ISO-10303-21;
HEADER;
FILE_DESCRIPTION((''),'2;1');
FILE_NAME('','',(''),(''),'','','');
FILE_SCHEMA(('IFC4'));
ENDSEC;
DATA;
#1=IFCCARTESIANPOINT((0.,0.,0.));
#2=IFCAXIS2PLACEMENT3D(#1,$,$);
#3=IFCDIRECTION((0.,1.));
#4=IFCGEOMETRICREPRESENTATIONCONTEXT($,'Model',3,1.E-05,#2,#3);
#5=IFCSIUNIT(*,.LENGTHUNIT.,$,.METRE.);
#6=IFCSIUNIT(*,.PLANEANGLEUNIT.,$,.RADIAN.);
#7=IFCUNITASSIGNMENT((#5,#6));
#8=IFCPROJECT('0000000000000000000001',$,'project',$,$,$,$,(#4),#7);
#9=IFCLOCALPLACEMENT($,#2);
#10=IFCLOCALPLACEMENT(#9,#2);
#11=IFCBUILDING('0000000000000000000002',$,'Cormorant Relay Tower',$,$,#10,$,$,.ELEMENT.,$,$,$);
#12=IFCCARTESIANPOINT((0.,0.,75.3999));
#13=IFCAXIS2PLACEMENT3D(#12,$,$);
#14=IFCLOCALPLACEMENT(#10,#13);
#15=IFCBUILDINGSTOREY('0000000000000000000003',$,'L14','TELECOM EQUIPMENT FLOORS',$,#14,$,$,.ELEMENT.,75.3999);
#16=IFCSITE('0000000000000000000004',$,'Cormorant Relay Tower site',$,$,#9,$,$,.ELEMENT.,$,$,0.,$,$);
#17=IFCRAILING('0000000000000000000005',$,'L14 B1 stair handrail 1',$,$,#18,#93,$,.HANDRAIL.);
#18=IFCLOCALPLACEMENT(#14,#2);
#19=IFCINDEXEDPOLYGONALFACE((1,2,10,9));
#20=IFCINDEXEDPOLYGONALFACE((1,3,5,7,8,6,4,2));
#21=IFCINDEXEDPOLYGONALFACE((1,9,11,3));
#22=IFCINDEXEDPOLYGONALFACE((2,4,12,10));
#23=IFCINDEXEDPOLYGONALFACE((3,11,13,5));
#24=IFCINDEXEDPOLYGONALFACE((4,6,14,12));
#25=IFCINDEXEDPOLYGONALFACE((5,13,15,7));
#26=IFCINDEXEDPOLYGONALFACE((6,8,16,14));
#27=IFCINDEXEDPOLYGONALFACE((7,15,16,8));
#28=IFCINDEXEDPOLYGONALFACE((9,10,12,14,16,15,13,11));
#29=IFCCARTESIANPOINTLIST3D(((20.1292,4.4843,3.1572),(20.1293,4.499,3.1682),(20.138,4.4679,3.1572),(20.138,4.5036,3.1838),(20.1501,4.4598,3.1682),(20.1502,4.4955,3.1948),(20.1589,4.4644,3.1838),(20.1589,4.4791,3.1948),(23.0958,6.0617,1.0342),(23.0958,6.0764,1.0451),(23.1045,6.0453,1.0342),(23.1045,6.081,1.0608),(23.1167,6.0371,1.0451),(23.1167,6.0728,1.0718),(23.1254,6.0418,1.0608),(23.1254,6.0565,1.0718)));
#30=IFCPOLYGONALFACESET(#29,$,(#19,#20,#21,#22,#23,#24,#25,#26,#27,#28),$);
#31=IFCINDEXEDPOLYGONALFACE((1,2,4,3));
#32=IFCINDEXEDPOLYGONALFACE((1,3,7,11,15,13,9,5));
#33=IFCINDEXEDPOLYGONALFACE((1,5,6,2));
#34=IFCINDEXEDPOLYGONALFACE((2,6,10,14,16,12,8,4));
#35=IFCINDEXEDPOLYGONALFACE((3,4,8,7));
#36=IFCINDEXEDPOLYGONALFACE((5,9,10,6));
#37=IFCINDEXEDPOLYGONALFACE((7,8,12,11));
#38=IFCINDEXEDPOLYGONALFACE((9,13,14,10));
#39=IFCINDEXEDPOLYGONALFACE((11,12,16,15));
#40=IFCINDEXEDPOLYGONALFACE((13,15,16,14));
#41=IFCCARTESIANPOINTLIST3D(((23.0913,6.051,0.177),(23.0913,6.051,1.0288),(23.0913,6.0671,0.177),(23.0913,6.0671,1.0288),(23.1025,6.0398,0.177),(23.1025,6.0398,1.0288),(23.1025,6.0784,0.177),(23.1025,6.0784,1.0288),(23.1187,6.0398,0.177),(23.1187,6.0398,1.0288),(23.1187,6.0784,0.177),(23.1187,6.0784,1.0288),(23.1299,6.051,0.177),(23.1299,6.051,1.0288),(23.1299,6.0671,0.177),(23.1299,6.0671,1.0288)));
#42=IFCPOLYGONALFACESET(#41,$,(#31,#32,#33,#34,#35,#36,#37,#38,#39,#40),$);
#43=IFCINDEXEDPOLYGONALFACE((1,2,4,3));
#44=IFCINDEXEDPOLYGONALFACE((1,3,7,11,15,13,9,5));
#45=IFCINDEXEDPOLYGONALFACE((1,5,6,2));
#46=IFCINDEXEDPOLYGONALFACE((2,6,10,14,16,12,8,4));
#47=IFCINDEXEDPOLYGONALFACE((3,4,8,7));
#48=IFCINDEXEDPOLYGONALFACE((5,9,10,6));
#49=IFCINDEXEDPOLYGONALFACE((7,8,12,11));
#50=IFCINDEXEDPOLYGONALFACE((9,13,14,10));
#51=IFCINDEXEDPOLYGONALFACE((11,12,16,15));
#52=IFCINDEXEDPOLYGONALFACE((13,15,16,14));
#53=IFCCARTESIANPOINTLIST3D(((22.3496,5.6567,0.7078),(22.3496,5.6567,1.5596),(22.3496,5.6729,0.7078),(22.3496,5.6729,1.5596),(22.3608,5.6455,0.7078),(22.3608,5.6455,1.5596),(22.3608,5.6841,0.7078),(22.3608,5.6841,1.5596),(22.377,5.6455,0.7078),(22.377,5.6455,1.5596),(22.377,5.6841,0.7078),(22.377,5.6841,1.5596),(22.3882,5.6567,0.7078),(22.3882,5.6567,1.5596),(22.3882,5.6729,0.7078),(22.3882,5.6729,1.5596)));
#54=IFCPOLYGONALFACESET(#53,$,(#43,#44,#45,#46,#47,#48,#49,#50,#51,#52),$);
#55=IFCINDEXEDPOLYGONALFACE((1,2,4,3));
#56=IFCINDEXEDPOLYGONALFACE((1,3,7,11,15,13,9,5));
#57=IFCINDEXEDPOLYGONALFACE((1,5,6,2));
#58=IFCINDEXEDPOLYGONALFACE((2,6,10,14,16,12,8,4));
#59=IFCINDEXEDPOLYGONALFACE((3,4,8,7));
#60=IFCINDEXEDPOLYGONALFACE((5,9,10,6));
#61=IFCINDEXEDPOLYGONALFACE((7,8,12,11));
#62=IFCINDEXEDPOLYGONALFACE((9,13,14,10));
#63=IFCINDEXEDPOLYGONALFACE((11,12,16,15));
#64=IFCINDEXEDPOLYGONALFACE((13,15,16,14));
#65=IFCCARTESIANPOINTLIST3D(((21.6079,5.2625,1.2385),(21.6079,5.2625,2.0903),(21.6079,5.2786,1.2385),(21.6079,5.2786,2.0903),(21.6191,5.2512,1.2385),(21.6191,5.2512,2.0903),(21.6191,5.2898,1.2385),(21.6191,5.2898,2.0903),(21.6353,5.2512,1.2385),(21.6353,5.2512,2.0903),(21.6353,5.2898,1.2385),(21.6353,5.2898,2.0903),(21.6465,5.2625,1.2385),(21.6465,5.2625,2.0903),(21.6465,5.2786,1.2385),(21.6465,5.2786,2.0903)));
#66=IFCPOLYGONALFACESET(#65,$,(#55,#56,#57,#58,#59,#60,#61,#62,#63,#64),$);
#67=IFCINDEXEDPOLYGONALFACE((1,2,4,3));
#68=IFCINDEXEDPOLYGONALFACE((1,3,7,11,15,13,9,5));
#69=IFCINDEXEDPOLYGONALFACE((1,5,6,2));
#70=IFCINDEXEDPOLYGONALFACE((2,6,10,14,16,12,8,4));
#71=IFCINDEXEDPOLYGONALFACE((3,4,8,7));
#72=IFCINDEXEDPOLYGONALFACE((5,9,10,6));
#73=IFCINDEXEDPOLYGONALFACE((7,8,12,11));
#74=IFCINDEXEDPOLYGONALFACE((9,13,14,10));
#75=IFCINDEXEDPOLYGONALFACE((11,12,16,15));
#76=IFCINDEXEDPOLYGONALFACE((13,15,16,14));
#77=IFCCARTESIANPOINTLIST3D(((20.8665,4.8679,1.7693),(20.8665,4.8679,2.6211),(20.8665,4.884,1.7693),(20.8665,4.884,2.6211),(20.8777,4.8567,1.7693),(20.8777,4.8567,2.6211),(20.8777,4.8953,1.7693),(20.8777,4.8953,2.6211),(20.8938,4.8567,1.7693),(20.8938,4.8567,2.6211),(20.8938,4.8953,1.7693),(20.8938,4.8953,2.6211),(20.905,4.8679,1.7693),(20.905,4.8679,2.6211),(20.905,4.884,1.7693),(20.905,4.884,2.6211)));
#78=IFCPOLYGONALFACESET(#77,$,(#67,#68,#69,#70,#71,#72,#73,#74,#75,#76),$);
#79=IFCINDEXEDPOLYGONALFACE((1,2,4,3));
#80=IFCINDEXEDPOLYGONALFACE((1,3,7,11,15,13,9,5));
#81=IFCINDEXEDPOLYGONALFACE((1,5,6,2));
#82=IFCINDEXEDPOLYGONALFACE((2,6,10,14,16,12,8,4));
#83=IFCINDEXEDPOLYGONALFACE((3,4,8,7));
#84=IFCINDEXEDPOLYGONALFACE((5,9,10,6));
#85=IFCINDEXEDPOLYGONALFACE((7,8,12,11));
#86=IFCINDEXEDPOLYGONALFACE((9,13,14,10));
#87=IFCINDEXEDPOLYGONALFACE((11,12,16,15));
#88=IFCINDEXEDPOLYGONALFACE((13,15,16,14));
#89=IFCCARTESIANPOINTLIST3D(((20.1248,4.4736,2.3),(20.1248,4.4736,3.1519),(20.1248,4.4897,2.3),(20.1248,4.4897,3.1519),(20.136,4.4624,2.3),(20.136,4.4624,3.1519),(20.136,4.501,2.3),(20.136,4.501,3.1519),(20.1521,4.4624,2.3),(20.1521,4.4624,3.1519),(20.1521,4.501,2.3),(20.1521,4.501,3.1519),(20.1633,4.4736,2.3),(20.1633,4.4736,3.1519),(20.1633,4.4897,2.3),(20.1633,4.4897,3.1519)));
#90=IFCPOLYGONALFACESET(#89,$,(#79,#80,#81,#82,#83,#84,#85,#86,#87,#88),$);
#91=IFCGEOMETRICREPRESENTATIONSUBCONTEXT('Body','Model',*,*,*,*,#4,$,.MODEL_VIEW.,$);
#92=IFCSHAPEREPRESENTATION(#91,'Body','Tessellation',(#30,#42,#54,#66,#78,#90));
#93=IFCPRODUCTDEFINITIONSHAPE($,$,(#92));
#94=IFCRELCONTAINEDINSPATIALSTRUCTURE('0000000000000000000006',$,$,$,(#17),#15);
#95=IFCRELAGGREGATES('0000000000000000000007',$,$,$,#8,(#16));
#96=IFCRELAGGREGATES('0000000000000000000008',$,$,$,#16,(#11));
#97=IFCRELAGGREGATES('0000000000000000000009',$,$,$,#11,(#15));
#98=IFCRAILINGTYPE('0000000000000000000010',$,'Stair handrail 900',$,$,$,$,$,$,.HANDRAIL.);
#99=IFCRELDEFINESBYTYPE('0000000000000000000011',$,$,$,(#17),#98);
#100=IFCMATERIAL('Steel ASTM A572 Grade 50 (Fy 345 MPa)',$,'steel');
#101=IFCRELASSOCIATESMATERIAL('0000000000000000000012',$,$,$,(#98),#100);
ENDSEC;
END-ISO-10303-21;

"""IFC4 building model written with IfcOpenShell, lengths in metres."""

from ifc_helpers import new_model, si_unit, direction, frame, origin, place, context, subcontext, project, spatial, polyline, outline, extrude, material, type_object, element, save


model = new_model("IFC4")

# Units and contexts
model_context = context("Model", 3, precision=1e-05, world=origin(), true_north=direction((0.0, 1.0)))
body_context = subcontext(model_context, "Body", "Model", "MODEL_VIEW")
ifc_project = project(units=[si_unit("LENGTHUNIT", "METRE"), si_unit("PLANEANGLEUNIT", "RADIAN")], contexts=[model_context])

# Site, building, storey
site_placement = place(None, origin())
site = spatial("IfcSite", under=ifc_project, at=site_placement, Name="Cormorant Relay Tower site", CompositionType="ELEMENT", RefElevation=0.0)
building_placement = place(site_placement, origin())
building = spatial("IfcBuilding", under=site, at=building_placement, Name="Cormorant Relay Tower", CompositionType="ELEMENT")
storey_placement = place(building_placement, frame((0.0, 0.0, 75.3999)))
storey = spatial("IfcBuildingStorey", under=building, at=storey_placement, Name="L14", Description="TELECOM EQUIPMENT FLOORS", CompositionType="ELEMENT", Elevation=75.3999)

# Railing
ifc_material_1 = material(Name="Steel ASTM A572 Grade 50 (Fy 345 MPa)", Category="steel")
railing_type_1 = type_object("IfcRailingType", Name="Stair handrail 900", PredefinedType="HANDRAIL", material=ifc_material_1)
railing_1_placement = place(storey_placement, frame((23.1106, 6.0591, 0.177)))
element("IfcRailing", 1, at=railing_1_placement, inside=storey, type_object=railing_type_1, Name="L14 B1 stair handrail 1", PredefinedType="HANDRAIL", context=body_context, shape_type="SweptSolid", body=[
    extrude(outline(polyline([(0.0222, 0.0093), (0.0093, 0.0222), (-0.0093, 0.0222), (-0.0222, 0.0093), (-0.0222, -0.0093), (-0.0093, -0.0222), (0.0093, -0.0222), (0.0222, -0.0093), (0.0222, 0.0093)])), frame((0.0, 0.0, 0.876), z_axis=(-0.746413, -0.396887, 0.534179), x_axis=(0.469483, -0.882942, 0.0)), (0.0, 0.0, 1.0), 3.9744),
    extrude(outline(polyline([(0.0193, 0.0081), (0.0081, 0.0193), (-0.0081, 0.0193), (-0.0193, 0.0081), (-0.0193, -0.0081), (-0.0081, -0.0193), (0.0081, -0.0193), (0.0193, -0.0081), (0.0193, 0.0081)])), origin(), (0.0, 0.0, 1.0), 0.8518),
    extrude(outline(polyline([(0.0193, 0.0081), (0.0081, 0.0193), (-0.0081, 0.0193), (-0.0193, 0.0081), (-0.0193, -0.0081), (-0.0081, -0.0193), (0.0081, -0.0193), (0.0193, -0.0081), (0.0193, 0.0081)])), frame((-0.7417, -0.3943, 0.5308)), (0.0, 0.0, 1.0), 0.8518),
    extrude(outline(polyline([(0.0193, 0.0081), (0.0081, 0.0193), (-0.0081, 0.0193), (-0.0193, 0.0081), (-0.0193, -0.0081), (-0.0081, -0.0193), (0.0081, -0.0193), (0.0193, -0.0081), (0.0193, 0.0081)])), frame((-1.4834, -0.7886, 1.0615)), (0.0, 0.0, 1.0), 0.8518),
    extrude(outline(polyline([(0.0193, 0.0081), (0.0081, 0.0193), (-0.0081, 0.0193), (-0.0193, 0.0081), (-0.0193, -0.0081), (-0.0081, -0.0193), (0.0081, -0.0193), (0.0193, -0.0081), (0.0193, 0.0081)])), frame((-2.2249, -1.1831, 1.5923)), (0.0, 0.0, 1.0), 0.8518),
    extrude(outline(polyline([(0.0193, 0.0081), (0.0081, 0.0193), (-0.0081, 0.0193), (-0.0193, 0.0081), (-0.0193, -0.0081), (-0.0081, -0.0193), (0.0081, -0.0193), (0.0193, -0.0081), (0.0193, 0.0081)])), frame((-2.9666, -1.5774, 2.123)), (0.0, 0.0, 1.0), 0.8518),
])

save(model, "model.ifc")
